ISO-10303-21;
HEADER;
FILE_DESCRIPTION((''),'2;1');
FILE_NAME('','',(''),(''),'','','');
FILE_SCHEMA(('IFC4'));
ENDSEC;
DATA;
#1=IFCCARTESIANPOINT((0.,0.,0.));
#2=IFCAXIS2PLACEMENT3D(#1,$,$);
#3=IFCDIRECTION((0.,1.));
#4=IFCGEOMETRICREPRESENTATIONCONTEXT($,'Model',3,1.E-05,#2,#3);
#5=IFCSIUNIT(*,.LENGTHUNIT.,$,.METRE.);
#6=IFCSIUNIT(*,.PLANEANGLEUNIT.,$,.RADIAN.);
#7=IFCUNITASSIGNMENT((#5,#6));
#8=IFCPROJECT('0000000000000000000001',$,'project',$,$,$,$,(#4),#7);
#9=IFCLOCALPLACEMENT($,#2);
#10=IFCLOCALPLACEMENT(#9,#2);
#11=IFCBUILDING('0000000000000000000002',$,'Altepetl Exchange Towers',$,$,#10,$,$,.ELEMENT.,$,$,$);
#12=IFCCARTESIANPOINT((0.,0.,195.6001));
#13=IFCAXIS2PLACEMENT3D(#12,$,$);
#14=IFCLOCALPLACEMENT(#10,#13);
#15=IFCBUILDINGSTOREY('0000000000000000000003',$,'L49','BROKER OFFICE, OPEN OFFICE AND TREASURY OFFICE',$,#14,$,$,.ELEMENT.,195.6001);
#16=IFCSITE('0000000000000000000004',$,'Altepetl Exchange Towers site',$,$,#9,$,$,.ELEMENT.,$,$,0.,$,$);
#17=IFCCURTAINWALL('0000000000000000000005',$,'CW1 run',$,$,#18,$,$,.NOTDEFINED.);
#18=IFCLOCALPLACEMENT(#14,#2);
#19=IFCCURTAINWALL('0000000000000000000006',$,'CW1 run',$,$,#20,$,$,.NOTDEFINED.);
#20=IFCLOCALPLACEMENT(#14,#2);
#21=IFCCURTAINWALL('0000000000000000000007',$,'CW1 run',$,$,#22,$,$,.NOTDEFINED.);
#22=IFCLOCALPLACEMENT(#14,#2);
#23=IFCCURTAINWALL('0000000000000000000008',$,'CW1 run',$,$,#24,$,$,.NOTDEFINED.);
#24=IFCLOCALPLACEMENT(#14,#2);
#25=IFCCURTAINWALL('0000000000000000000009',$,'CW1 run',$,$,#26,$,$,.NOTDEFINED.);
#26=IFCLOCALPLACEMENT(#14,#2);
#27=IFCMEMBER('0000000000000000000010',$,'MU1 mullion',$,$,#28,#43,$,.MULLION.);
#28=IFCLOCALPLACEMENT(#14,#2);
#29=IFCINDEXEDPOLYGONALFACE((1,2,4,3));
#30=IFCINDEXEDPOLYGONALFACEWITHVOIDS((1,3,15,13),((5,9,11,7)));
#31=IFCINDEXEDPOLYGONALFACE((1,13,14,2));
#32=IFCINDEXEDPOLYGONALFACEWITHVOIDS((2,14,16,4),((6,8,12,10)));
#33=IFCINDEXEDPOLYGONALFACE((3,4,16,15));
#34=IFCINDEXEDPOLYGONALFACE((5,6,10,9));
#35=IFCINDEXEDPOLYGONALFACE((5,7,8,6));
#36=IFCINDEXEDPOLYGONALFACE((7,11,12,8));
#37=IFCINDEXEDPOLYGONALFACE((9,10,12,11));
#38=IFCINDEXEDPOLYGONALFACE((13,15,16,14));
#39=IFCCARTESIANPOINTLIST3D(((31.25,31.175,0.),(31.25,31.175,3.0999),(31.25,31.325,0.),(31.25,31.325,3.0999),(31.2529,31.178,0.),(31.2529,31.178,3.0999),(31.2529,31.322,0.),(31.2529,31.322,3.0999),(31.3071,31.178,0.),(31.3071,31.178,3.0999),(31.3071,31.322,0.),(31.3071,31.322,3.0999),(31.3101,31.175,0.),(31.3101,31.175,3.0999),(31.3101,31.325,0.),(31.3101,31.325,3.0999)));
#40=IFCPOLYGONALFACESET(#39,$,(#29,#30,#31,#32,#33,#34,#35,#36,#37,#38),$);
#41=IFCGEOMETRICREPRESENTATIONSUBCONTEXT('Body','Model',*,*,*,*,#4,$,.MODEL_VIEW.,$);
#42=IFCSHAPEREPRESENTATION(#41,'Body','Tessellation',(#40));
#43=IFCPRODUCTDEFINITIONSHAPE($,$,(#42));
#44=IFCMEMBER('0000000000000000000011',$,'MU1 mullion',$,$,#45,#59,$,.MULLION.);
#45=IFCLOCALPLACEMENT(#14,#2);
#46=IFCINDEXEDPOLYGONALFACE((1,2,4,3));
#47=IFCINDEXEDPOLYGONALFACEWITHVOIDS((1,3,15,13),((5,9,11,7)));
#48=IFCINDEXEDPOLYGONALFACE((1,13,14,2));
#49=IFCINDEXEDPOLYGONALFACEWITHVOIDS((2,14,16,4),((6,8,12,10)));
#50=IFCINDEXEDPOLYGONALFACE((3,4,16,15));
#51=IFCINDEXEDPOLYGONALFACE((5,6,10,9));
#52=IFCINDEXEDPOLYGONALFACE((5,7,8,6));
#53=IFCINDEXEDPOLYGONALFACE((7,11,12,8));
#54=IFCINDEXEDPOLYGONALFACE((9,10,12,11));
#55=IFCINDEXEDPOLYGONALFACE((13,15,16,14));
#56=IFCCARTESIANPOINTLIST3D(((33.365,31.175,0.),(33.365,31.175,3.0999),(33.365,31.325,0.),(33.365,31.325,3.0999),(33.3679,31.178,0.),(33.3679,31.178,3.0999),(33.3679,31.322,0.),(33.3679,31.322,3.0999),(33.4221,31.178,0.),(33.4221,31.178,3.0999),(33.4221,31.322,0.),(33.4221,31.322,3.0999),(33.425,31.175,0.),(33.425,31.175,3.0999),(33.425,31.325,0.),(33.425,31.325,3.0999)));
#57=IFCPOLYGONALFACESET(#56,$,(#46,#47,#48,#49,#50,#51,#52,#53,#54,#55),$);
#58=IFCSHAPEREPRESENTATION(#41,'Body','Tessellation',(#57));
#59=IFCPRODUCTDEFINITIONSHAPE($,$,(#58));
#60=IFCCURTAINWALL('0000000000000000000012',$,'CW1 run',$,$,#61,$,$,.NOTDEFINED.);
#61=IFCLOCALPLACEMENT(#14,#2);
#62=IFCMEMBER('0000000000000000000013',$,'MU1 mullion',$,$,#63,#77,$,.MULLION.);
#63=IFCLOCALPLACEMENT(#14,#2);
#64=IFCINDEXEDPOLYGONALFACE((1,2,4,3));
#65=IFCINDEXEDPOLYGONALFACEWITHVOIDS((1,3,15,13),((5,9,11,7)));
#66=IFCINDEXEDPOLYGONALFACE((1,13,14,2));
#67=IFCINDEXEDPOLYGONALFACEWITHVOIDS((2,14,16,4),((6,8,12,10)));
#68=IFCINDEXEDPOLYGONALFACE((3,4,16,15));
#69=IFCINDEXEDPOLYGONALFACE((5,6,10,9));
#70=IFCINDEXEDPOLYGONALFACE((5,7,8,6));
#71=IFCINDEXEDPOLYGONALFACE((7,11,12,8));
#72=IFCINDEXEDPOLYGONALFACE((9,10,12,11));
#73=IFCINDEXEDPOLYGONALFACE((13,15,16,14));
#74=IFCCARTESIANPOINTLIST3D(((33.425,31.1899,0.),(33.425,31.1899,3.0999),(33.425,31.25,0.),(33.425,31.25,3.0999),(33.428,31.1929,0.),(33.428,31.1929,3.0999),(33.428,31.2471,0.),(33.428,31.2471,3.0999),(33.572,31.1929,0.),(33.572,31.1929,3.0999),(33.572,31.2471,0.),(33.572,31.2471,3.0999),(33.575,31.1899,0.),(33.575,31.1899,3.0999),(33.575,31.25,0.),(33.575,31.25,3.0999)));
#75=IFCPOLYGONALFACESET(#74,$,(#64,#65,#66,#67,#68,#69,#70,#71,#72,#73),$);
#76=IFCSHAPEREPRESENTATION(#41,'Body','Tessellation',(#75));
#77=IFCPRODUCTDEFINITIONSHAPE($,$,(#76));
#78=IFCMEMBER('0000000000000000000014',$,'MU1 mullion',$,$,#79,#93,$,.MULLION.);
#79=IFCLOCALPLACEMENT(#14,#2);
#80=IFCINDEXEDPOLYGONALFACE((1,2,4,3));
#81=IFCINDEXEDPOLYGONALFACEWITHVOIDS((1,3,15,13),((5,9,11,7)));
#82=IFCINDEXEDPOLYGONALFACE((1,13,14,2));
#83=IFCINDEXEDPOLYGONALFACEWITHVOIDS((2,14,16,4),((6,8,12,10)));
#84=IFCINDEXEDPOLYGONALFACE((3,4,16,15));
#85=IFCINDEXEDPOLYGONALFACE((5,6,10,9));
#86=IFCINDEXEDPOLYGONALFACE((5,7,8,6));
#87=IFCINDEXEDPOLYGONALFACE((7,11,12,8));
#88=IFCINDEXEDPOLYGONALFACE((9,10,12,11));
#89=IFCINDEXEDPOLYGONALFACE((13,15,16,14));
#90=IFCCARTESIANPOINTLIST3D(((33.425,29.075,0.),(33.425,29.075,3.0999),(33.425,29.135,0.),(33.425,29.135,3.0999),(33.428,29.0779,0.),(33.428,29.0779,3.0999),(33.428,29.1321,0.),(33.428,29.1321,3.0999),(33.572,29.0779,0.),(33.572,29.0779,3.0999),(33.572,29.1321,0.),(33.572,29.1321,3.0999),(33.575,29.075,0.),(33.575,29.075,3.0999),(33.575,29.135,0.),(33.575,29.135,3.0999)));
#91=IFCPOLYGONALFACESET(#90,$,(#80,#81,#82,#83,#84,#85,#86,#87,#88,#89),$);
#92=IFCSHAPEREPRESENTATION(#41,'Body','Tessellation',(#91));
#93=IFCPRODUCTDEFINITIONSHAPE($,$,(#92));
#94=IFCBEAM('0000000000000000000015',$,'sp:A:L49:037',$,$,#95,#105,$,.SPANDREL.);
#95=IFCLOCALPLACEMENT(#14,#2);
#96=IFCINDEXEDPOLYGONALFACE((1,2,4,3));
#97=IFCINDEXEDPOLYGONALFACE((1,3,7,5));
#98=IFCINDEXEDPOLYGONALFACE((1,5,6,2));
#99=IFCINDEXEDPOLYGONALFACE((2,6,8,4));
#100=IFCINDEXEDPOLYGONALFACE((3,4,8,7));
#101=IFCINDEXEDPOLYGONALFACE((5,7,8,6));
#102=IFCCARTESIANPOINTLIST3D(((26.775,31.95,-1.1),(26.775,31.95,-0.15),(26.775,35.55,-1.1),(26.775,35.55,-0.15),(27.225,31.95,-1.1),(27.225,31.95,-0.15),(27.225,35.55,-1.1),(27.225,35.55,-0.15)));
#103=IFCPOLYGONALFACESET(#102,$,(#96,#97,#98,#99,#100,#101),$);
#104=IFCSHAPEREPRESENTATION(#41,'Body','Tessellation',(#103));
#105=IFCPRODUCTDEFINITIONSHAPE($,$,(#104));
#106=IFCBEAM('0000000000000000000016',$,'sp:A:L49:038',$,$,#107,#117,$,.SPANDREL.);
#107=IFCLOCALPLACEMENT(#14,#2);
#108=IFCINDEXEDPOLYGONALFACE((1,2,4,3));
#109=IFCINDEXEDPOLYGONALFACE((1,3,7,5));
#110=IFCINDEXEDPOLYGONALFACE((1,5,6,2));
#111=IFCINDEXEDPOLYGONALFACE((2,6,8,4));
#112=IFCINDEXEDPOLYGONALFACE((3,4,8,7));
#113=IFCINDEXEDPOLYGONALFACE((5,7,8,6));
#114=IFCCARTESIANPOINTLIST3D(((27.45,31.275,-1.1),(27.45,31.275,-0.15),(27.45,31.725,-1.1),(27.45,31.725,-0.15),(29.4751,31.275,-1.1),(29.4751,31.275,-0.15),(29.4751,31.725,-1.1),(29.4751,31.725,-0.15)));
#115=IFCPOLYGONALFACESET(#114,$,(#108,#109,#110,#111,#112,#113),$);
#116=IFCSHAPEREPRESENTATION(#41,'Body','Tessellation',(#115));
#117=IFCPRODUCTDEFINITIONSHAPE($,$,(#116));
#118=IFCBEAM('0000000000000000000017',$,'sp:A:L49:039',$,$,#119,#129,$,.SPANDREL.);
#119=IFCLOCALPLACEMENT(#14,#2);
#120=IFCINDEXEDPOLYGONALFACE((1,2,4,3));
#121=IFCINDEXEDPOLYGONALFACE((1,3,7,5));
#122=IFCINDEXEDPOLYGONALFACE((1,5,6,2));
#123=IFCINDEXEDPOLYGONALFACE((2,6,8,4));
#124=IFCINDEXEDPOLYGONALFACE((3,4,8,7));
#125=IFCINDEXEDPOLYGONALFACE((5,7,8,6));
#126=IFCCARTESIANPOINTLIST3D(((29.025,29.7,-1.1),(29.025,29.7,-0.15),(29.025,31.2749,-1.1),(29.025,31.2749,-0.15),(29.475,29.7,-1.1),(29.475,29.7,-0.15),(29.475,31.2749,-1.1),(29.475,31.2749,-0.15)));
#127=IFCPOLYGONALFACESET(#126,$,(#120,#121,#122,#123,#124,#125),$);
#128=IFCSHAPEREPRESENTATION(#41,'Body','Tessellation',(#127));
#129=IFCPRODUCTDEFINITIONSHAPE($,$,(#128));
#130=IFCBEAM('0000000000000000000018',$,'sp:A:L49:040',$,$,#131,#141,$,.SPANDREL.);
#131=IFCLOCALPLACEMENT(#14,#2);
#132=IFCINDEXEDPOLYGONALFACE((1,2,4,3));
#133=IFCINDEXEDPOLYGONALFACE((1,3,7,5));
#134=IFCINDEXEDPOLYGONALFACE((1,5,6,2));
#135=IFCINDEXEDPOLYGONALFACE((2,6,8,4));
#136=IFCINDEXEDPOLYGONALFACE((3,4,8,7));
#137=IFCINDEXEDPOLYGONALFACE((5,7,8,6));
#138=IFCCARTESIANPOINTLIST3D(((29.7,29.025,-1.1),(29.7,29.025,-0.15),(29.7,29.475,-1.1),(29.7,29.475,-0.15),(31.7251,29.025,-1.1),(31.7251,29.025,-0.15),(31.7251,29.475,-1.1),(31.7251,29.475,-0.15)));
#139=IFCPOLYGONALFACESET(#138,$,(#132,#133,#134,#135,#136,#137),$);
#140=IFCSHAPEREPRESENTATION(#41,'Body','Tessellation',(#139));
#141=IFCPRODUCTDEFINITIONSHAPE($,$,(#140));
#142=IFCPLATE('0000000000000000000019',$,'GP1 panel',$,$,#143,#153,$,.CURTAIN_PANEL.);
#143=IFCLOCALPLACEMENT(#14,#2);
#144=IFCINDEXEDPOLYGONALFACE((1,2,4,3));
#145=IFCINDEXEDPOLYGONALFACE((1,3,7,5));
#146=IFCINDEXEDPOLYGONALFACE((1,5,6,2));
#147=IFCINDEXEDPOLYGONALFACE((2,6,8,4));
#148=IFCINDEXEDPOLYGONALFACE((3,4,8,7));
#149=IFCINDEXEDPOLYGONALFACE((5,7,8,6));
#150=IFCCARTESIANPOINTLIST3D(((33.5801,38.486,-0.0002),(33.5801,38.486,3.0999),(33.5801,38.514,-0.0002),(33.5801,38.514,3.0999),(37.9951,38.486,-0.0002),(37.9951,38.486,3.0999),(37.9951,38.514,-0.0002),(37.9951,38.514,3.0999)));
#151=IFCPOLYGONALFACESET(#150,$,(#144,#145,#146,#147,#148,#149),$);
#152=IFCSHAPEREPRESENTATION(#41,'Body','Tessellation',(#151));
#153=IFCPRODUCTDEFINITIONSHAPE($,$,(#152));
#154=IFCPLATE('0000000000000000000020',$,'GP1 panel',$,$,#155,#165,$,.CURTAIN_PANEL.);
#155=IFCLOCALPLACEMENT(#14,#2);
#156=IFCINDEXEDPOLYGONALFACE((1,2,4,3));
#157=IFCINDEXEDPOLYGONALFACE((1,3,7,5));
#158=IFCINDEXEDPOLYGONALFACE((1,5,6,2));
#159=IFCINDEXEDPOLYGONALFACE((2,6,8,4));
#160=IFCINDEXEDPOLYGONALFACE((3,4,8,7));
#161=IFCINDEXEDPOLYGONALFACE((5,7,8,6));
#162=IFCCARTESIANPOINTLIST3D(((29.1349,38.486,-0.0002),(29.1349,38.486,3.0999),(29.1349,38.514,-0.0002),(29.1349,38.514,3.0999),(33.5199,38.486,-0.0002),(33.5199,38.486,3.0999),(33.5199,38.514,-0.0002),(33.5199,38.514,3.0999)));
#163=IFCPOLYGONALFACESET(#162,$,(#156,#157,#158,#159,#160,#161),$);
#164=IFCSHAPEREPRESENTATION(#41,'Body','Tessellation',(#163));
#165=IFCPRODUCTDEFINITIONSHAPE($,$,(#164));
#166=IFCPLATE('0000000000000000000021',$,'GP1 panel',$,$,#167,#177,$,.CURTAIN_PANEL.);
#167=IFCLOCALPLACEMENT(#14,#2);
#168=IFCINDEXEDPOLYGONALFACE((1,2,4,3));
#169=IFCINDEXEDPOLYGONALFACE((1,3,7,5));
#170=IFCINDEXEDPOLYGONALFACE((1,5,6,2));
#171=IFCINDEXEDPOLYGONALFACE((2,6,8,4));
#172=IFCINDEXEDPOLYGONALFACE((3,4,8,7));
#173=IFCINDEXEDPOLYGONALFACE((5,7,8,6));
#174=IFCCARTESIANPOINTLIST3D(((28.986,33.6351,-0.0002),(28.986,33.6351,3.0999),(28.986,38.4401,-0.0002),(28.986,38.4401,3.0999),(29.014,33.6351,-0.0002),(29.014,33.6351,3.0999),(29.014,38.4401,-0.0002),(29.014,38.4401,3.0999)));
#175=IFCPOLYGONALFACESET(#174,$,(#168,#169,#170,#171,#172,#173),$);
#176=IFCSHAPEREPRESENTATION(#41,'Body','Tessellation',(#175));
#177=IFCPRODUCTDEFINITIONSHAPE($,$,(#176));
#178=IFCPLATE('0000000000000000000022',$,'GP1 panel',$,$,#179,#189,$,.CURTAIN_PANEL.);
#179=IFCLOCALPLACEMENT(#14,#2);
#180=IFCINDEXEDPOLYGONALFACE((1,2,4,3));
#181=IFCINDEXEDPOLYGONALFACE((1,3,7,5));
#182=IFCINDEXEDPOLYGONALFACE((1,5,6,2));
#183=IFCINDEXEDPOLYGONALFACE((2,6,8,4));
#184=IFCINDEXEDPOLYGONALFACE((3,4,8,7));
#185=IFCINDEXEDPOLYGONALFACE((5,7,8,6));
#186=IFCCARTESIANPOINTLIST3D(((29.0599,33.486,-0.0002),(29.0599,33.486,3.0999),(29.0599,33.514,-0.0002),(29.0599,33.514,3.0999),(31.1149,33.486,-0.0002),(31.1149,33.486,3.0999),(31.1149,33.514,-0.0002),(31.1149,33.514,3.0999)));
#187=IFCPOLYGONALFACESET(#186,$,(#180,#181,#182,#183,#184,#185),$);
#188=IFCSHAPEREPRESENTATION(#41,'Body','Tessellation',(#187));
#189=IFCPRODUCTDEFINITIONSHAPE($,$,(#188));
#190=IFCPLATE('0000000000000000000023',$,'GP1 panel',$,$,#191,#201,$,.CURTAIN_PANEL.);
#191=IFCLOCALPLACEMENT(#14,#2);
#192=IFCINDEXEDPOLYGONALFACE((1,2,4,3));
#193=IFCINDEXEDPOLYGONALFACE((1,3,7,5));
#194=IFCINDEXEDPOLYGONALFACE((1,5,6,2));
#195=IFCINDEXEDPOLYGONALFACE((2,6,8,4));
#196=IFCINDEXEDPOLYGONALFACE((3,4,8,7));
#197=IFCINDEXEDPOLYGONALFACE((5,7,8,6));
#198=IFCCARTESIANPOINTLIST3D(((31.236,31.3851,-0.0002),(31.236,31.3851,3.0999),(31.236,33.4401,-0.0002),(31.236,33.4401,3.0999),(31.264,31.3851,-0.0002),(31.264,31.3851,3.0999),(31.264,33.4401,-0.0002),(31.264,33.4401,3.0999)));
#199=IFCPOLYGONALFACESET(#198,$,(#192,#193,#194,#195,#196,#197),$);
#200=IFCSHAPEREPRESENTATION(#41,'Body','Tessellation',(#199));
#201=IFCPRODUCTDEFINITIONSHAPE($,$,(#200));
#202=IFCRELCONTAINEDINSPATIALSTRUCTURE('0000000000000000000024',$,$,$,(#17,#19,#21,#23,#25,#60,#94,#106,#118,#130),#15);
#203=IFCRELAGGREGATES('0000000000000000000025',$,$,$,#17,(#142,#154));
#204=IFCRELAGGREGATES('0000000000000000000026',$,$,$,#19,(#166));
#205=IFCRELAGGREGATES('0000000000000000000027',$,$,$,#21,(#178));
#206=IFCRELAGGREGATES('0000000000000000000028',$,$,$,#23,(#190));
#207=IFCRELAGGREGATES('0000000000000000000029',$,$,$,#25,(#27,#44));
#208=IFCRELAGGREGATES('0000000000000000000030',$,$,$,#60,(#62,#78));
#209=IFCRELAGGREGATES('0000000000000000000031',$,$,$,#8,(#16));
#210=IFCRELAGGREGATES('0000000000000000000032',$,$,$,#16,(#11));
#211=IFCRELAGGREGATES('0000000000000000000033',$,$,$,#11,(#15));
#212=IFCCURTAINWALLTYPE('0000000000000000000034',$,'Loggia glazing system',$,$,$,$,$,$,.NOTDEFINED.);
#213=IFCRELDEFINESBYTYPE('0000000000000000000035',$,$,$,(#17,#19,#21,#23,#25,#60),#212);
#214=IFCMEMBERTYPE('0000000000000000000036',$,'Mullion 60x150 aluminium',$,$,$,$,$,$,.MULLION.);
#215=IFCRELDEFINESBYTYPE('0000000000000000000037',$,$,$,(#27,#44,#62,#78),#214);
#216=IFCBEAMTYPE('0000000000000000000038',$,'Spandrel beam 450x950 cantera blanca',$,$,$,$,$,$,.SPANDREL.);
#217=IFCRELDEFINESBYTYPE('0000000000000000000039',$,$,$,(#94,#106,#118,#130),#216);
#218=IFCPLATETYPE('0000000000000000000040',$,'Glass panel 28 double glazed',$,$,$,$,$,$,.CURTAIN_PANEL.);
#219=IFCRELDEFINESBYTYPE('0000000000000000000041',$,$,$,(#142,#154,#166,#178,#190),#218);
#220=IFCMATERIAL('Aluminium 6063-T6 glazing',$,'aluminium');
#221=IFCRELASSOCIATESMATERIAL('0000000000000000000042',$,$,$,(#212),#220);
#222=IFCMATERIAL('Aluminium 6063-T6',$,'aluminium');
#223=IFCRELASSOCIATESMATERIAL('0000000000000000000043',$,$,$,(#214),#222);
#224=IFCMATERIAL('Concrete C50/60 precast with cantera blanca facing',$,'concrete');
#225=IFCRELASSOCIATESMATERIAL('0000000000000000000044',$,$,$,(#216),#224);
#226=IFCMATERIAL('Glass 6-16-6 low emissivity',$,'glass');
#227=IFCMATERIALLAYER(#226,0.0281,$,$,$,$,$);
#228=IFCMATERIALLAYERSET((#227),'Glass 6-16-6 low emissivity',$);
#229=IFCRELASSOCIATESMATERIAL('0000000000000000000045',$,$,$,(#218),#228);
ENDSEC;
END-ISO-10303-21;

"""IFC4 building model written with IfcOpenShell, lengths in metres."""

from ifc_helpers import new_model, si_unit, direction, frame, origin, origin_2d, place, context, subcontext, project, spatial, rectangle, hollow_rectangle, extrude, material, layer, layer_set, material_profile, profile_set, type_object, element, aggregate, save


model = new_model("IFC4")

# Units and contexts
model_context = context("Model", 3, precision=1e-05, world=origin(), true_north=direction((0.0, 1.0)))
body_context = subcontext(model_context, "Body", "Model", "MODEL_VIEW")
ifc_project = project(units=[si_unit("LENGTHUNIT", "METRE"), si_unit("PLANEANGLEUNIT", "RADIAN")], contexts=[model_context])

# Site, building, storey
site_placement = place(None, origin())
site = spatial("IfcSite", under=ifc_project, at=site_placement, Name="Altepetl Exchange Towers site", CompositionType="ELEMENT", RefElevation=0.0)
building_placement = place(site_placement, origin())
building = spatial("IfcBuilding", under=site, at=building_placement, Name="Altepetl Exchange Towers", CompositionType="ELEMENT")
storey_placement = place(building_placement, frame((0.0, 0.0, 195.6001)))
storey = spatial("IfcBuildingStorey", under=building, at=storey_placement, Name="L49", Description="BROKER OFFICE, OPEN OFFICE AND TREASURY OFFICE", CompositionType="ELEMENT", Elevation=195.6001)

# Curtain walls, members
ifc_material_1 = material(Name="Aluminium 6063-T6 glazing", Category="aluminium")
curtain_wall_type = type_object("IfcCurtainWallType", Name="Loggia glazing system", PredefinedType="NOTDEFINED", material=ifc_material_1)
curtain_wall_1_placement = place(storey_placement, origin())
curtain_wall_1 = element("IfcCurtainWall", 1, at=curtain_wall_1_placement, inside=storey, type_object=curtain_wall_type, Name="CW1 run", PredefinedType="NOTDEFINED")
ifc_material_2 = material(Name="Aluminium 6063-T6", Category="aluminium")
ifc_material_profile_1 = material_profile(ifc_material_2, hollow_rectangle(XDim=0.0601, YDim=0.1499, WallThickness=0.0029, at=origin_2d()), Name="Mullion 60x150 aluminium")
ifc_profile_set_1 = profile_set([ifc_material_profile_1], Name="Aluminium 6063-T6")
member_type = type_object("IfcMemberType", Name="Mullion 60x150 aluminium", PredefinedType="MULLION", material=ifc_profile_set_1)
curtain_wall_2_placement = place(storey_placement, origin())
curtain_wall_2 = element("IfcCurtainWall", 2, at=curtain_wall_2_placement, inside=storey, type_object=curtain_wall_type, Name="CW1 run", PredefinedType="NOTDEFINED")
curtain_wall_3_placement = place(storey_placement, origin())
curtain_wall_3 = element("IfcCurtainWall", 3, at=curtain_wall_3_placement, inside=storey, type_object=curtain_wall_type, Name="CW1 run", PredefinedType="NOTDEFINED")
curtain_wall_4_placement = place(storey_placement, origin())
curtain_wall_4 = element("IfcCurtainWall", 4, at=curtain_wall_4_placement, inside=storey, type_object=curtain_wall_type, Name="CW1 run", PredefinedType="NOTDEFINED")
curtain_wall_5_placement = place(storey_placement, origin())
curtain_wall_5 = element("IfcCurtainWall", 5, at=curtain_wall_5_placement, inside=storey, type_object=curtain_wall_type, Name="CW1 run", PredefinedType="NOTDEFINED")
member_1_placement = place(storey_placement, frame((31.28, 31.25, 0.0)))
member_1 = element("IfcMember", 6, at=member_1_placement, type_object=member_type, Name="MU1 mullion", PredefinedType="MULLION", context=body_context, shape_type="SweptSolid", body=[
    extrude(hollow_rectangle(XDim=0.0601, YDim=0.1499, WallThickness=0.0029, at=origin_2d()), origin(), (0.0, 0.0, 1.0), 3.0999),
])
member_2_placement = place(storey_placement, frame((33.395, 31.25, 0.0)))
member_2 = element("IfcMember", 7, at=member_2_placement, type_object=member_type, Name="MU1 mullion", PredefinedType="MULLION", context=body_context, shape_type="SweptSolid", body=[
    extrude(hollow_rectangle(XDim=0.0601, YDim=0.1499, WallThickness=0.0029, at=origin_2d()), origin(), (0.0, 0.0, 1.0), 3.0999),
])
curtain_wall_6_placement = place(storey_placement, origin())
curtain_wall_6 = element("IfcCurtainWall", 8, at=curtain_wall_6_placement, inside=storey, type_object=curtain_wall_type, Name="CW1 run", PredefinedType="NOTDEFINED")
member_3_placement = place(storey_placement, frame((33.5, 31.22, 0.0), z_axis=(0.0, 0.0, 1.0), x_axis=(0.0, -1.0, 0.0)))
member_3 = element("IfcMember", 9, at=member_3_placement, type_object=member_type, Name="MU1 mullion", PredefinedType="MULLION", context=body_context, shape_type="SweptSolid", body=[
    extrude(hollow_rectangle(XDim=0.0601, YDim=0.1499, WallThickness=0.0029, at=origin_2d()), origin(), (0.0, 0.0, 1.0), 3.0999),
])
member_4_placement = place(storey_placement, frame((33.5, 29.105, 0.0), z_axis=(0.0, 0.0, 1.0), x_axis=(0.0, -1.0, 0.0)))
member_4 = element("IfcMember", 10, at=member_4_placement, type_object=member_type, Name="MU1 mullion", PredefinedType="MULLION", context=body_context, shape_type="SweptSolid", body=[
    extrude(hollow_rectangle(XDim=0.0601, YDim=0.1499, WallThickness=0.0029, at=origin_2d()), origin(), (0.0, 0.0, 1.0), 3.0999),
])

# Beams
ifc_material_3 = material(Name="Concrete C50/60 precast with cantera blanca facing", Category="concrete")
ifc_material_profile_2 = material_profile(ifc_material_3, rectangle(XDim=0.45, YDim=0.95, at=origin_2d()), Name="450 x 950")
ifc_profile_set_2 = profile_set([ifc_material_profile_2], Name="Concrete C50/60 precast with cantera blanca facing")
beam_type_1 = type_object("IfcBeamType", Name="Spandrel beam 450x950 cantera blanca", PredefinedType="SPANDREL", material=ifc_profile_set_2)
beam_1_placement = place(storey_placement, frame((27.0, 35.55, -0.625), z_axis=(0.0, -1.0, 0.0), x_axis=(1.0, 0.0, 0.0)))
element("IfcBeam", 11, at=beam_1_placement, inside=storey, type_object=beam_type_1, Name="sp:A:L49:037", PredefinedType="SPANDREL", context=body_context, shape_type="SweptSolid", body=[
    extrude(rectangle(XDim=0.45, YDim=0.95, at=origin_2d()), origin(), (0.0, 0.0, 1.0), 3.6001),
])
beam_2_placement = place(storey_placement, frame((27.45, 31.5, -0.625), z_axis=(1.0, 0.0, 0.0), x_axis=(0.0, 1.0, 0.0)))
element("IfcBeam", 12, at=beam_2_placement, inside=storey, type_object=beam_type_1, Name="sp:A:L49:038", PredefinedType="SPANDREL", context=body_context, shape_type="SweptSolid", body=[
    extrude(rectangle(XDim=0.45, YDim=0.95, at=origin_2d()), origin(), (0.0, 0.0, 1.0), 2.0251),
])
beam_3_placement = place(storey_placement, frame((29.25, 31.2749, -0.625), z_axis=(0.0, -1.0, 0.0), x_axis=(1.0, 0.0, 0.0)))
element("IfcBeam", 13, at=beam_3_placement, inside=storey, type_object=beam_type_1, Name="sp:A:L49:039", PredefinedType="SPANDREL", context=body_context, shape_type="SweptSolid", body=[
    extrude(rectangle(XDim=0.45, YDim=0.95, at=origin_2d()), origin(), (0.0, 0.0, 1.0), 1.575),
])
beam_4_placement = place(storey_placement, frame((29.7, 29.25, -0.625), z_axis=(1.0, 0.0, 0.0), x_axis=(0.0, 1.0, 0.0)))
element("IfcBeam", 14, at=beam_4_placement, inside=storey, type_object=beam_type_1, Name="sp:A:L49:040", PredefinedType="SPANDREL", context=body_context, shape_type="SweptSolid", body=[
    extrude(rectangle(XDim=0.45, YDim=0.95, at=origin_2d()), origin(), (0.0, 0.0, 1.0), 2.0251),
])

# Plates
ifc_material_4 = material(Name="Glass 6-16-6 low emissivity", Category="glass")
ifc_layer = layer(ifc_material_4, 0.0281)
ifc_layer_set = layer_set([ifc_layer], Name="Glass 6-16-6 low emissivity")
plate_type = type_object("IfcPlateType", Name="Glass panel 28 double glazed", PredefinedType="CURTAIN_PANEL", material=ifc_layer_set)
plate_1_placement = place(storey_placement, frame((35.7876, 38.5, -0.0002), z_axis=(0.0, 0.0, 1.0), x_axis=(-1.0, 0.0, 0.0)))
plate_1 = element("IfcPlate", 15, at=plate_1_placement, type_object=plate_type, Name="GP1 panel", PredefinedType="CURTAIN_PANEL", context=body_context, shape_type="SweptSolid", body=[
    extrude(rectangle(XDim=4.415, YDim=0.0281, at=origin_2d()), origin(), (0.0, 0.0, 1.0), 3.1001),
])
plate_2_placement = place(storey_placement, frame((31.3274, 38.5, -0.0002), z_axis=(0.0, 0.0, 1.0), x_axis=(-1.0, 0.0, 0.0)))
plate_2 = element("IfcPlate", 16, at=plate_2_placement, type_object=plate_type, Name="GP1 panel", PredefinedType="CURTAIN_PANEL", context=body_context, shape_type="SweptSolid", body=[
    extrude(rectangle(XDim=4.385, YDim=0.0281, at=origin_2d()), origin(), (0.0, 0.0, 1.0), 3.1001),
])
aggregate(curtain_wall_1, [plate_1, plate_2])
plate_3_placement = place(storey_placement, frame((29.0, 36.0376, -0.0002), z_axis=(0.0, 0.0, 1.0), x_axis=(0.0, -1.0, 0.0)))
plate_3 = element("IfcPlate", 17, at=plate_3_placement, type_object=plate_type, Name="GP1 panel", PredefinedType="CURTAIN_PANEL", context=body_context, shape_type="SweptSolid", body=[
    extrude(rectangle(XDim=4.8049, YDim=0.0281, at=origin_2d()), origin(), (0.0, 0.0, 1.0), 3.1001),
])
aggregate(curtain_wall_2, [plate_3])
plate_4_placement = place(storey_placement, frame((30.0874, 33.5, -0.0002)))
plate_4 = element("IfcPlate", 18, at=plate_4_placement, type_object=plate_type, Name="GP1 panel", PredefinedType="CURTAIN_PANEL", context=body_context, shape_type="SweptSolid", body=[
    extrude(rectangle(XDim=2.0549, YDim=0.0281, at=origin_2d()), origin(), (0.0, 0.0, 1.0), 3.1001),
])
aggregate(curtain_wall_3, [plate_4])
plate_5_placement = place(storey_placement, frame((31.25, 32.4126, -0.0002), z_axis=(0.0, 0.0, 1.0), x_axis=(0.0, -1.0, 0.0)))
plate_5 = element("IfcPlate", 19, at=plate_5_placement, type_object=plate_type, Name="GP1 panel", PredefinedType="CURTAIN_PANEL", context=body_context, shape_type="SweptSolid", body=[
    extrude(rectangle(XDim=2.0549, YDim=0.0281, at=origin_2d()), origin(), (0.0, 0.0, 1.0), 3.1001),
])
aggregate(curtain_wall_4, [plate_5])
aggregate(curtain_wall_5, [member_1, member_2])
aggregate(curtain_wall_6, [member_3, member_4])

save(model, "model.ifc")
